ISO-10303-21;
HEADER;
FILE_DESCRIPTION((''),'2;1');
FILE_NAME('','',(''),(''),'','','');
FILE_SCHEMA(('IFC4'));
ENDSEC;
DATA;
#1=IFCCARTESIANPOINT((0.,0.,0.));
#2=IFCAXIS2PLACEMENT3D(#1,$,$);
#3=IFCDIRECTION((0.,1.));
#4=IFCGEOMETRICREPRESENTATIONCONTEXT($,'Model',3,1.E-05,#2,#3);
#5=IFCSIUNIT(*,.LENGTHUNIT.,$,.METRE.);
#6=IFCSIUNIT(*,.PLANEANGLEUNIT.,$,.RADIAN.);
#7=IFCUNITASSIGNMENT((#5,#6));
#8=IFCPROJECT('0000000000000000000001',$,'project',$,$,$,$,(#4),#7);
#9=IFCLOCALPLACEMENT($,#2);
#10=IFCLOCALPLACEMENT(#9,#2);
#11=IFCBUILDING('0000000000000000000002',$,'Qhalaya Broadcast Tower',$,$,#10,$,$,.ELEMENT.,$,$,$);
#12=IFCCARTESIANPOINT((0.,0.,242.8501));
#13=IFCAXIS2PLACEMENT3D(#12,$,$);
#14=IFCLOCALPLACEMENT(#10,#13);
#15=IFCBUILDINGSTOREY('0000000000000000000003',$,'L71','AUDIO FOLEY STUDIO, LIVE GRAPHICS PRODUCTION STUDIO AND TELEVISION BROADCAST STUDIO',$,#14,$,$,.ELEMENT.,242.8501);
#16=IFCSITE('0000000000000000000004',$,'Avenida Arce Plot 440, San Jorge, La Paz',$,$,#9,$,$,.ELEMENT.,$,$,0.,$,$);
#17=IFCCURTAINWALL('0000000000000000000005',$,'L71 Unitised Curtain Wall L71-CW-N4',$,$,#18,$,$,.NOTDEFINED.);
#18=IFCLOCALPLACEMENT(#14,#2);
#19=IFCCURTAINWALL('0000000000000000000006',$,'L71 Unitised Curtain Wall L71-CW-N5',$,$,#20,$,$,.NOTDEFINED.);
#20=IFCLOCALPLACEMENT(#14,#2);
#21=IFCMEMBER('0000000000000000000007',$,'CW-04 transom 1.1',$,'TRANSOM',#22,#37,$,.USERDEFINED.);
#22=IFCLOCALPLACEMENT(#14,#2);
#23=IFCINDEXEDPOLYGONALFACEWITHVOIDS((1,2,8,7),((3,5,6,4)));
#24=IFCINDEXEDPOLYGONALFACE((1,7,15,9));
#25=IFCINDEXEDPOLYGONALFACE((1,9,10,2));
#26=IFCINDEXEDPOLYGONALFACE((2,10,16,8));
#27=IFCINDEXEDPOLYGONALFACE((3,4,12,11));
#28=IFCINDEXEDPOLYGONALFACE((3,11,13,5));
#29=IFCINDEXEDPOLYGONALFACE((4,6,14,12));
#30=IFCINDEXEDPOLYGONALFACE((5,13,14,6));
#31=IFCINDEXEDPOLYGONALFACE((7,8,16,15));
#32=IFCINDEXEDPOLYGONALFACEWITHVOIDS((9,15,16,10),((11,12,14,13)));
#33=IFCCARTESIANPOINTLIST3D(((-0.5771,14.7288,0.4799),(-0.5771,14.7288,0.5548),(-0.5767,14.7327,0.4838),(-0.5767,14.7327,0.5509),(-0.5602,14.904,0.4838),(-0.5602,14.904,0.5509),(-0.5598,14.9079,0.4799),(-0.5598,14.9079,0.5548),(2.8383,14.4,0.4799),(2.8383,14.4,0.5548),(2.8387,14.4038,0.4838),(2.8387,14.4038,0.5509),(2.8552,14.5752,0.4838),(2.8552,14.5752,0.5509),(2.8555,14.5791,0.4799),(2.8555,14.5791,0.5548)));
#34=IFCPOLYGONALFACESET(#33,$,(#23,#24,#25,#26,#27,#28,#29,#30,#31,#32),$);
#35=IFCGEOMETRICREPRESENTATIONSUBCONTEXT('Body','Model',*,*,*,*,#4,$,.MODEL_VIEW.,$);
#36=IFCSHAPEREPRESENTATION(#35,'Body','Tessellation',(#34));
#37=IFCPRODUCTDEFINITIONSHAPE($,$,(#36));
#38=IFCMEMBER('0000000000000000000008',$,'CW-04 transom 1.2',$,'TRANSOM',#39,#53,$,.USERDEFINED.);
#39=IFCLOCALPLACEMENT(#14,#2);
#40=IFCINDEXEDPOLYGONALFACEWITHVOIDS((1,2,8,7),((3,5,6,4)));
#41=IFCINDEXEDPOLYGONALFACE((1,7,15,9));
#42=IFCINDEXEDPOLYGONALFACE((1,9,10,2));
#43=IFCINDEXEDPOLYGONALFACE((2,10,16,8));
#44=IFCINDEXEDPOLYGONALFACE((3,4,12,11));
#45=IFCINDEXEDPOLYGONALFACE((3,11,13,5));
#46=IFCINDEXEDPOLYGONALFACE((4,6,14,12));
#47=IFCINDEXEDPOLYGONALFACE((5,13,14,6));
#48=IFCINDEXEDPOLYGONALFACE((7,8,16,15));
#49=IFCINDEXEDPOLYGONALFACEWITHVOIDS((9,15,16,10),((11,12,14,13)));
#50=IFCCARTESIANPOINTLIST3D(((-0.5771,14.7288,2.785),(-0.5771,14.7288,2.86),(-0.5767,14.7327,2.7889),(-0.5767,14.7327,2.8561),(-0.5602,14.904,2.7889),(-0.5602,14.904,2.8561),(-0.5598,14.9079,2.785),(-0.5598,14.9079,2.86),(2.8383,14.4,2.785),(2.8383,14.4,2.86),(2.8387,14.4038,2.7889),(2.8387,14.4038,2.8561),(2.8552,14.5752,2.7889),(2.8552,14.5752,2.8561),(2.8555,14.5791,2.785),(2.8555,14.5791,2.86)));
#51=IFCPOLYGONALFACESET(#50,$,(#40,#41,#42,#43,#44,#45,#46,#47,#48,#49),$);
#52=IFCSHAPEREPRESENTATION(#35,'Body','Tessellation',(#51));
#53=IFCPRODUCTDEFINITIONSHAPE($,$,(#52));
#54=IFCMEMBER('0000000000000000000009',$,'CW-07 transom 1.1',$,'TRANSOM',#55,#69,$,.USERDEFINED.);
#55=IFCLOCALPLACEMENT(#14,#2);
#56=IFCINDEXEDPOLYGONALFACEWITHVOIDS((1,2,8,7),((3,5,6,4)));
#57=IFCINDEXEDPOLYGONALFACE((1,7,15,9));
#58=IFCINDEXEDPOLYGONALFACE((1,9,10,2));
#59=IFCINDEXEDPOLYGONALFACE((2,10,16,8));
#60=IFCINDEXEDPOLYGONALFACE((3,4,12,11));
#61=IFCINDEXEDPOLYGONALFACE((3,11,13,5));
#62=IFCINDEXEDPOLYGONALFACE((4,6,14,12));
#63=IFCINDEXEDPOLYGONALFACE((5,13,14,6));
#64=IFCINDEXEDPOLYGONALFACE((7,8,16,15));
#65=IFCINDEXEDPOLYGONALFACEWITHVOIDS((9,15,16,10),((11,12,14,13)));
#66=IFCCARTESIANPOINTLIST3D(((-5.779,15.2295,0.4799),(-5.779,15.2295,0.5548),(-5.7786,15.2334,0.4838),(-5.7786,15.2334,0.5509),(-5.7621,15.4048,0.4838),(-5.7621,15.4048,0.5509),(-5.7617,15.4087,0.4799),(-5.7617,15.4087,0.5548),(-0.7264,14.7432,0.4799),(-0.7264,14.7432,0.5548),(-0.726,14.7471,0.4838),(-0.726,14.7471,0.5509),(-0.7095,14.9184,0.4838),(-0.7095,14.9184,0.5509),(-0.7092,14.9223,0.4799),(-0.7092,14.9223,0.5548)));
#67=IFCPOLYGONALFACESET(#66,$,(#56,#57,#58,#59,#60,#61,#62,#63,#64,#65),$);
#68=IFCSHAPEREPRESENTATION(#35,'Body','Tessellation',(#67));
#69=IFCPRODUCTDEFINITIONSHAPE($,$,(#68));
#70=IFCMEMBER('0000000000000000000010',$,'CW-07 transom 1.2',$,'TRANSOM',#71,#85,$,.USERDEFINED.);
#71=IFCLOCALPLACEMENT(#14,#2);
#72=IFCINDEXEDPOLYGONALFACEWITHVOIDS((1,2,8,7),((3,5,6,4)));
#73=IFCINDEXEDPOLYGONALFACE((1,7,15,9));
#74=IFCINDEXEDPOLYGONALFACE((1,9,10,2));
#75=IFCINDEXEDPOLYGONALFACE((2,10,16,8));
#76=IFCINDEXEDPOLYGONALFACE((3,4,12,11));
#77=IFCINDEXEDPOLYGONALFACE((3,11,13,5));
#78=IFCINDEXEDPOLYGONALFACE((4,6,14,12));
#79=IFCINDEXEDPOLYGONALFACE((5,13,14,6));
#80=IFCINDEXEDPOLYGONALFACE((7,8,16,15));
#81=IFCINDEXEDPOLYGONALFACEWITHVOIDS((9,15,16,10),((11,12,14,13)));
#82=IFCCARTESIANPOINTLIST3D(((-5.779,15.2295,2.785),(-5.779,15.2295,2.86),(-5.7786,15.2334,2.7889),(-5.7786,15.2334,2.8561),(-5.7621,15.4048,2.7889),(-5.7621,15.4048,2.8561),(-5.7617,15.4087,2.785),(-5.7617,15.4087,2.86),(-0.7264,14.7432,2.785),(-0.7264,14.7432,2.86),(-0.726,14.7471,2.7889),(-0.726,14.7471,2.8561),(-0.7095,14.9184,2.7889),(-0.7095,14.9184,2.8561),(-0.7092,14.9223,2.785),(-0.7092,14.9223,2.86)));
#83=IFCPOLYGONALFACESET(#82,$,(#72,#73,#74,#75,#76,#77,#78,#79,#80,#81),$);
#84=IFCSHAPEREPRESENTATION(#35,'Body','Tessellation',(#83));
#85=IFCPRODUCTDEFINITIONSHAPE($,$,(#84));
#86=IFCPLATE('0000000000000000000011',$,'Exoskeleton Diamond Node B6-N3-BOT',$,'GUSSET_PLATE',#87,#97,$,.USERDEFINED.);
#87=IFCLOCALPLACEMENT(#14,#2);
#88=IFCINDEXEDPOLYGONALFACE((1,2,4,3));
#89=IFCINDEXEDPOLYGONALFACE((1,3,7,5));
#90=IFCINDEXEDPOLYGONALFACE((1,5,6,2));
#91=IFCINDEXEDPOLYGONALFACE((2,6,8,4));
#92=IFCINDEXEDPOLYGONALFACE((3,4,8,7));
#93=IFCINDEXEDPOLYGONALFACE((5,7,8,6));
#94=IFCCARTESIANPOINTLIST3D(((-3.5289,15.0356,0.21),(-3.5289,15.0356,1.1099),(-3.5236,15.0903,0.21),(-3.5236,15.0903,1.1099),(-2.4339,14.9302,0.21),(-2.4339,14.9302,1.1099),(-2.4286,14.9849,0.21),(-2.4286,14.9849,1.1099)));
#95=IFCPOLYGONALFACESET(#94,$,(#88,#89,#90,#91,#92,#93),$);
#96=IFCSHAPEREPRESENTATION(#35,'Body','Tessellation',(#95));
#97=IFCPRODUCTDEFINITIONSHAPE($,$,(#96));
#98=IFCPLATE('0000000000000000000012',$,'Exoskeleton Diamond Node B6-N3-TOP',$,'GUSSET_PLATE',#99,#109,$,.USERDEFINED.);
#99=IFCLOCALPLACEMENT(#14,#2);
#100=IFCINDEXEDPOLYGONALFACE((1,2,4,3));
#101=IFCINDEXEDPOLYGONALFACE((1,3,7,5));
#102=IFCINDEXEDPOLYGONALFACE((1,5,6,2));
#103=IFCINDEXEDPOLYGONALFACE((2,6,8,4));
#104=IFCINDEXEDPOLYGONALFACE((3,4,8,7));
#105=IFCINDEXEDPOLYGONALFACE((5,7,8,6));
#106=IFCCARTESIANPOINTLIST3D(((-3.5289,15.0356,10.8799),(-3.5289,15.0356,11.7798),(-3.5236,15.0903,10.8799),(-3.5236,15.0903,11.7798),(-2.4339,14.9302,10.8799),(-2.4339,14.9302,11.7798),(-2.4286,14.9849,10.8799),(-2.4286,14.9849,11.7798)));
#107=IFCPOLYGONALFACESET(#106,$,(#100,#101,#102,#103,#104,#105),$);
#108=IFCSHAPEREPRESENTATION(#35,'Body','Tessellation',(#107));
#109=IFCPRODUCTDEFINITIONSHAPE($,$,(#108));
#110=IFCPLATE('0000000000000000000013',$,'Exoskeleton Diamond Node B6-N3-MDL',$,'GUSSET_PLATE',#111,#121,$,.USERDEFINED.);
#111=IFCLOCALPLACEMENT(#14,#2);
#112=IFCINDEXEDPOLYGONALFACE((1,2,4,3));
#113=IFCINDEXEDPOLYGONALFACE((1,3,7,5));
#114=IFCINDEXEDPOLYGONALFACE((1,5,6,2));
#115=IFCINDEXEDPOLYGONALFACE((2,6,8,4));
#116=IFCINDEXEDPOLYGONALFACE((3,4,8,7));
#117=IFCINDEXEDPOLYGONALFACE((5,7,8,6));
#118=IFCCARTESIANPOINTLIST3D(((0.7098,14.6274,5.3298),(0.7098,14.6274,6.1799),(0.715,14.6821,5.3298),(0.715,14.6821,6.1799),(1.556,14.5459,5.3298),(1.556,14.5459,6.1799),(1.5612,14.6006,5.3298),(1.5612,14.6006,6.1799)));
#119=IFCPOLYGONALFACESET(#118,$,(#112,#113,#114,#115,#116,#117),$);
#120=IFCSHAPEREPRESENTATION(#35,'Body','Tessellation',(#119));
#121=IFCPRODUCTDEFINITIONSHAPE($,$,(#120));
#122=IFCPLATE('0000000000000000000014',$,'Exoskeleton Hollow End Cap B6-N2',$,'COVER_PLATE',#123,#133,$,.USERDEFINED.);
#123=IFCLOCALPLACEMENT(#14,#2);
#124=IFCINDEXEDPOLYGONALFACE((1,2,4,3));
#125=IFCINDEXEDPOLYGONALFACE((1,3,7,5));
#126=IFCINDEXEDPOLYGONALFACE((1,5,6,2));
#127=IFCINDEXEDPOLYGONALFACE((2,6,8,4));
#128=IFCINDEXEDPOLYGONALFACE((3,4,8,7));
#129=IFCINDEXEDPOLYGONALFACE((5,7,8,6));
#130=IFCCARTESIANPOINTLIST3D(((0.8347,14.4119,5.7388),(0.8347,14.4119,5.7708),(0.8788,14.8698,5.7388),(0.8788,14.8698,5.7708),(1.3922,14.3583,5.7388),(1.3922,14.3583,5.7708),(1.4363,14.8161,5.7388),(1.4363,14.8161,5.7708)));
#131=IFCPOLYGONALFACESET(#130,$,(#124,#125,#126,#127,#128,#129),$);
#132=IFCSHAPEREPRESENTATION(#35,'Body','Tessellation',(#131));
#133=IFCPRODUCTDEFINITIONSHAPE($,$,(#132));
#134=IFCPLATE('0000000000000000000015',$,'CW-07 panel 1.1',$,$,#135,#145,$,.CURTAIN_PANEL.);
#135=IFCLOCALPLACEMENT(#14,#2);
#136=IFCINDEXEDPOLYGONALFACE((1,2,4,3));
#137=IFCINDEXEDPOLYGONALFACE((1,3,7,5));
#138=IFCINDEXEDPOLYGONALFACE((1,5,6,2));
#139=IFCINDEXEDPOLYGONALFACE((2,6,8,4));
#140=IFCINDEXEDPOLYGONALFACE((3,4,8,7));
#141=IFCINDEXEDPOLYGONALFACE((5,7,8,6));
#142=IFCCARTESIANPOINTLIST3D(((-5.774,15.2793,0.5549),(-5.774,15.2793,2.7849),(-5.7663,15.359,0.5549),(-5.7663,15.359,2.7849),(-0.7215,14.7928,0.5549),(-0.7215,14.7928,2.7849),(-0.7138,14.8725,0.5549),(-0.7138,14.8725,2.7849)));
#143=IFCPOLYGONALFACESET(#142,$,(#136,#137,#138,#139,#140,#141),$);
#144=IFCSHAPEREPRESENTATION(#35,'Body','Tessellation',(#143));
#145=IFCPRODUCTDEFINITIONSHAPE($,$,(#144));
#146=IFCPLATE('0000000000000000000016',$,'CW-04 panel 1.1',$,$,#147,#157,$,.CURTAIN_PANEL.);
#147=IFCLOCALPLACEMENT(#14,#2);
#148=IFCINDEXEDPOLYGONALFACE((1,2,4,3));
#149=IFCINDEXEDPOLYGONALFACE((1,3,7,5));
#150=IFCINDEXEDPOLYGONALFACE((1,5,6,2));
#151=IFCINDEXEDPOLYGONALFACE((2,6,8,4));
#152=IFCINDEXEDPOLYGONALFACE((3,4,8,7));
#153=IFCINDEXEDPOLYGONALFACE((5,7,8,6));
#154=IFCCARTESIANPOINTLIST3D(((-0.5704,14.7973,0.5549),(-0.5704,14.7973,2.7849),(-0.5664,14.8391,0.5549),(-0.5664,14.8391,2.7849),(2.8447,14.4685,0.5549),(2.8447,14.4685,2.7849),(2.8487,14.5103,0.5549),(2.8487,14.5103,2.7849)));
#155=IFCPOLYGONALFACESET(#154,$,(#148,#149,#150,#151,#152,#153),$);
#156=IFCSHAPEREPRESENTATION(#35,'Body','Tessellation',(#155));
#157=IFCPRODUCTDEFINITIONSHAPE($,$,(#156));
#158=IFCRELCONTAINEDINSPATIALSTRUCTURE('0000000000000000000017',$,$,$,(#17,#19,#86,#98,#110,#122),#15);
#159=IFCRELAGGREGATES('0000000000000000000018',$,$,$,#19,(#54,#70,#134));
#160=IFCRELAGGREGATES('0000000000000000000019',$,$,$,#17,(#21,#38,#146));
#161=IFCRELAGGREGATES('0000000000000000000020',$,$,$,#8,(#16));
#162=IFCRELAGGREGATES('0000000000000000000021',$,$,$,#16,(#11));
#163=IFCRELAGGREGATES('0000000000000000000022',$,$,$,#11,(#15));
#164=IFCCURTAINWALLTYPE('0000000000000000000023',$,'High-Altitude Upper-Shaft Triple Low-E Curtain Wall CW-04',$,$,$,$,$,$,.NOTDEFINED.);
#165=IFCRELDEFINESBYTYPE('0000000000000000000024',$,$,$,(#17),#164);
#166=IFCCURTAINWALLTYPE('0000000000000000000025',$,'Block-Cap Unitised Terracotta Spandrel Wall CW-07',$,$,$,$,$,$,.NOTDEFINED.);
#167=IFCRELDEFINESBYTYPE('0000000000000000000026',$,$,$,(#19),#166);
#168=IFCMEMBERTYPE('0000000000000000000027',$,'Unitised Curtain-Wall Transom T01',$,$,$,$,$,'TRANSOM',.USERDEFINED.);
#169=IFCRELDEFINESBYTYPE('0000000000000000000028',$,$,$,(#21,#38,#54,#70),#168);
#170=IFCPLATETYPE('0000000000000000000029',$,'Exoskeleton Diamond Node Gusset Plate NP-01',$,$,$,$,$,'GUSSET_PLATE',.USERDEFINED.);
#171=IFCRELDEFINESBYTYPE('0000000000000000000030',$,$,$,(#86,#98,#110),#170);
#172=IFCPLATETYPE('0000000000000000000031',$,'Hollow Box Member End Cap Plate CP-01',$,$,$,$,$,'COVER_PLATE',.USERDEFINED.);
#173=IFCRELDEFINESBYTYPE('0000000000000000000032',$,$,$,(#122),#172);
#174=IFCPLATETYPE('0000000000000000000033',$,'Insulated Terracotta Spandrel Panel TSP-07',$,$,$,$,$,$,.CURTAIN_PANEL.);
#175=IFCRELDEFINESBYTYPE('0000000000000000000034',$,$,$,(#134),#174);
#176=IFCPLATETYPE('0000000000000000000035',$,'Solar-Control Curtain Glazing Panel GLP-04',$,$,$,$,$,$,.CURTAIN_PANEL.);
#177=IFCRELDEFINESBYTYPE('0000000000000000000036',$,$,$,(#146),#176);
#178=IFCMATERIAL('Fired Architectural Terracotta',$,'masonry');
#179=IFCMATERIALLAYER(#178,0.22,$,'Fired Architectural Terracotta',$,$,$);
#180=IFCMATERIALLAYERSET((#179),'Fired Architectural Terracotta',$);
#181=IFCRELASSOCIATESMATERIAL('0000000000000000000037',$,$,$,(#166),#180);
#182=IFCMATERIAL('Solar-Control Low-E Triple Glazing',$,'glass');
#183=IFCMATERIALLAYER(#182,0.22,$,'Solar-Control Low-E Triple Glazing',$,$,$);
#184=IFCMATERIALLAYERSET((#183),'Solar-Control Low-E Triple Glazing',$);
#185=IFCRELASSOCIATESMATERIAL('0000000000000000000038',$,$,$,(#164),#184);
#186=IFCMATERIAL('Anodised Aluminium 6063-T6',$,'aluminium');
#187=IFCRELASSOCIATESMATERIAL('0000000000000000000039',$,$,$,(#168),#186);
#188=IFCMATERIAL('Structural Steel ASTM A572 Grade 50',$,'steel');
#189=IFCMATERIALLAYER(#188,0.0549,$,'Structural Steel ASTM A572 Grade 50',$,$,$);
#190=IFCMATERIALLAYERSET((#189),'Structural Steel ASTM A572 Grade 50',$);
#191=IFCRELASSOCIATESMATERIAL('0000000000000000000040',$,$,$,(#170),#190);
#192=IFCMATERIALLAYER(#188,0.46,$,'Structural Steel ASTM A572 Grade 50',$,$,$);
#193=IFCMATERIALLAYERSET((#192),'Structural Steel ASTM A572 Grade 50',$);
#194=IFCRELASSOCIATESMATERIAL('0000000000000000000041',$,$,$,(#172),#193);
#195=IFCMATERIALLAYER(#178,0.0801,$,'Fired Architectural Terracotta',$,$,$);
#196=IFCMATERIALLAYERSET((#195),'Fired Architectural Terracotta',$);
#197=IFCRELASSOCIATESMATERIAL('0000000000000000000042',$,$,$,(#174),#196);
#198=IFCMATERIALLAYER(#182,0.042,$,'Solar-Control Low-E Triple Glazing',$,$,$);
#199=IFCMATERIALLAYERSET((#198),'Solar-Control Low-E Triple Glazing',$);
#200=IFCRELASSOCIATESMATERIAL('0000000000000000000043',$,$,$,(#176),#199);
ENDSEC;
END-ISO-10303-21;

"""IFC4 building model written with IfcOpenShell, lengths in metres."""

from ifc_helpers import new_model, si_unit, direction, frame, origin, origin_2d, place, context, subcontext, project, spatial, rectangle, hollow_rectangle, extrude, material, layer, layer_set, material_profile, profile_set, type_object, element, aggregate, save


model = new_model("IFC4")

# Units and contexts
model_context = context("Model", 3, precision=1e-05, world=origin(), true_north=direction((0.0, 1.0)))
body_context = subcontext(model_context, "Body", "Model", "MODEL_VIEW")
ifc_project = project(units=[si_unit("LENGTHUNIT", "METRE"), si_unit("PLANEANGLEUNIT", "RADIAN")], contexts=[model_context])

# Site, building, storey
site_placement = place(None, origin())
site = spatial("IfcSite", under=ifc_project, at=site_placement, Name="Avenida Arce Plot 440, San Jorge, La Paz", CompositionType="ELEMENT", RefElevation=0.0)
building_placement = place(site_placement, origin())
building = spatial("IfcBuilding", under=site, at=building_placement, Name="Qhalaya Broadcast Tower", CompositionType="ELEMENT")
storey_placement = place(building_placement, frame((0.0, 0.0, 242.8501)))
storey = spatial("IfcBuildingStorey", under=building, at=storey_placement, Name="L71", Description="AUDIO FOLEY STUDIO, LIVE GRAPHICS PRODUCTION STUDIO AND TELEVISION BROADCAST STUDIO", CompositionType="ELEMENT", Elevation=242.8501)

# Shared definitions
ifc_material_1 = material(Name="Structural Steel ASTM A572 Grade 50", Category="steel")

# Shared definitions
ifc_material_2 = material(Name="Fired Architectural Terracotta", Category="masonry")
ifc_layer_1 = layer(ifc_material_2, 0.22, Name="Fired Architectural Terracotta")
ifc_layer_set_1 = layer_set([ifc_layer_1], Name="Fired Architectural Terracotta")
curtain_wall_type_1 = type_object("IfcCurtainWallType", Name="Block-Cap Unitised Terracotta Spandrel Wall CW-07", PredefinedType="NOTDEFINED", material=ifc_layer_set_1)
ifc_material_3 = material(Name="Anodised Aluminium 6063-T6", Category="aluminium")

# Curtain wall
ifc_material_4 = material(Name="Solar-Control Low-E Triple Glazing", Category="glass")
ifc_layer_2 = layer(ifc_material_4, 0.22, Name="Solar-Control Low-E Triple Glazing")
ifc_layer_set_2 = layer_set([ifc_layer_2], Name="Solar-Control Low-E Triple Glazing")
curtain_wall_type_2 = type_object("IfcCurtainWallType", Name="High-Altitude Upper-Shaft Triple Low-E Curtain Wall CW-04", PredefinedType="NOTDEFINED", material=ifc_layer_set_2)
curtain_wall_1_placement = place(storey_placement, origin())
curtain_wall_1 = element("IfcCurtainWall", 1, at=curtain_wall_1_placement, inside=storey, type_object=curtain_wall_type_2, Name="L71 Unitised Curtain Wall L71-CW-N4", PredefinedType="NOTDEFINED")

# Curtain wall
curtain_wall_2_placement = place(storey_placement, origin())
curtain_wall_2 = element("IfcCurtainWall", 2, at=curtain_wall_2_placement, inside=storey, type_object=curtain_wall_type_1, Name="L71 Unitised Curtain Wall L71-CW-N5", PredefinedType="NOTDEFINED")

# Members
ifc_material_profile_1 = material_profile(ifc_material_3, hollow_rectangle(XDim=0.075, YDim=0.1799, WallThickness=0.0039, at=origin_2d()), Name="ALU-TRN 75x180x4")
ifc_profile_set_1 = profile_set([ifc_material_profile_1], Name="Anodised Aluminium 6063-T6")
member_type_1 = type_object("IfcMemberType", Name="Unitised Curtain-Wall Transom T01", ElementType="TRANSOM", PredefinedType="USERDEFINED", material=ifc_profile_set_1)
member_1_placement = place(storey_placement, frame((2.8469, 14.4895, 0.5173), z_axis=(-0.995396, 0.095847, 0.0), x_axis=(0.0, 0.0, 1.0)))
member_1 = element("IfcMember", 3, at=member_1_placement, type_object=member_type_1, Name="CW-04 transom 1.1", ObjectType="TRANSOM", PredefinedType="USERDEFINED", context=body_context, shape_type="SweptSolid", body=[
    extrude(hollow_rectangle(XDim=0.075, YDim=0.1799, WallThickness=0.0039, at=origin_2d()), origin(), (0.0, 0.0, 1.0), 3.4312),
])
member_2_placement = place(storey_placement, frame((2.8469, 14.4895, 2.8225), z_axis=(-0.995396, 0.095847, 0.0), x_axis=(0.0, 0.0, 1.0)))
member_2 = element("IfcMember", 4, at=member_2_placement, type_object=member_type_1, Name="CW-04 transom 1.2", ObjectType="TRANSOM", PredefinedType="USERDEFINED", context=body_context, shape_type="SweptSolid", body=[
    extrude(hollow_rectangle(XDim=0.075, YDim=0.1799, WallThickness=0.0039, at=origin_2d()), origin(), (0.0, 0.0, 1.0), 3.4312),
])
member_3_placement = place(storey_placement, frame((-0.7178, 14.8328, 0.5173), z_axis=(-0.995399, 0.095812, 0.0), x_axis=(0.0, 0.0, 1.0)))
member_3 = element("IfcMember", 5, at=member_3_placement, type_object=member_type_1, Name="CW-07 transom 1.1", ObjectType="TRANSOM", PredefinedType="USERDEFINED", context=body_context, shape_type="SweptSolid", body=[
    extrude(hollow_rectangle(XDim=0.075, YDim=0.1799, WallThickness=0.0039, at=origin_2d()), origin(), (0.0, 0.0, 1.0), 5.0759),
])
member_4_placement = place(storey_placement, frame((-0.7178, 14.8328, 2.8225), z_axis=(-0.995399, 0.095812, 0.0), x_axis=(0.0, 0.0, 1.0)))
member_4 = element("IfcMember", 6, at=member_4_placement, type_object=member_type_1, Name="CW-07 transom 1.2", ObjectType="TRANSOM", PredefinedType="USERDEFINED", context=body_context, shape_type="SweptSolid", body=[
    extrude(hollow_rectangle(XDim=0.075, YDim=0.1799, WallThickness=0.0039, at=origin_2d()), origin(), (0.0, 0.0, 1.0), 5.0759),
])

# Plates
ifc_layer_3 = layer(ifc_material_1, 0.0549, Name="Structural Steel ASTM A572 Grade 50")
ifc_layer_set_3 = layer_set([ifc_layer_3], Name="Structural Steel ASTM A572 Grade 50")
plate_type_1 = type_object("IfcPlateType", Name="Exoskeleton Diamond Node Gusset Plate NP-01", ElementType="GUSSET_PLATE", PredefinedType="USERDEFINED", material=ifc_layer_set_3)
for number, where, z_axis, x_axis, name in (
    (7, (-2.9788, 15.0103, 0.21), (0.0, 0.0, 1.0), (0.995396, -0.095846, 0.0), "Exoskeleton Diamond Node B6-N3-BOT"),
    (8, (-2.9788, 15.0103, 10.8799), (0.0, 0.0, 1.0), (0.995396, -0.095846, 0.0), "Exoskeleton Diamond Node B6-N3-TOP"),
):
    element("IfcPlate", number, at=place(storey_placement, frame(where, z_axis=z_axis, x_axis=x_axis)), inside=storey, type_object=plate_type_1, Name=name, ObjectType="GUSSET_PLATE", PredefinedType="USERDEFINED", context=body_context, shape_type="SweptSolid", body=[
        extrude(rectangle(XDim=1.1001, YDim=0.0549, at=origin_2d()), origin(), (0.0, 0.0, 1.0), 0.8999),
    ])
plate_1_placement = place(storey_placement, frame((1.1355, 14.614, 5.3298), z_axis=(0.0, 0.0, 1.0), x_axis=(0.995396, -0.095846, 0.0)))
element("IfcPlate", 9, at=plate_1_placement, inside=storey, type_object=plate_type_1, Name="Exoskeleton Diamond Node B6-N3-MDL", ObjectType="GUSSET_PLATE", PredefinedType="USERDEFINED", context=body_context, shape_type="SweptSolid", body=[
    extrude(rectangle(XDim=0.8501, YDim=0.0549, at=origin_2d()), origin(), (0.0, 0.0, 1.0), 0.8501),
])
ifc_layer_4 = layer(ifc_material_1, 0.46, Name="Structural Steel ASTM A572 Grade 50")
ifc_layer_set_4 = layer_set([ifc_layer_4], Name="Structural Steel ASTM A572 Grade 50")
plate_type_2 = type_object("IfcPlateType", Name="Hollow Box Member End Cap Plate CP-01", ElementType="COVER_PLATE", PredefinedType="USERDEFINED", material=ifc_layer_set_4)
plate_2_placement = place(storey_placement, frame((1.1355, 14.614, 5.7388), z_axis=(0.0, 0.0, 1.0), x_axis=(0.995396, -0.095846, 0.0)))
element("IfcPlate", 10, at=plate_2_placement, inside=storey, type_object=plate_type_2, Name="Exoskeleton Hollow End Cap B6-N2", ObjectType="COVER_PLATE", PredefinedType="USERDEFINED", context=body_context, shape_type="SweptSolid", body=[
    extrude(rectangle(XDim=0.5601, YDim=0.46, at=origin_2d()), origin(), (0.0, 0.0, 1.0), 0.032),
])

# Plates
ifc_layer_5 = layer(ifc_material_2, 0.0801, Name="Fired Architectural Terracotta")
ifc_layer_set_5 = layer_set([ifc_layer_5], Name="Fired Architectural Terracotta")
plate_type_3 = type_object("IfcPlateType", Name="Insulated Terracotta Spandrel Panel TSP-07", PredefinedType="CURTAIN_PANEL", material=ifc_layer_set_5)
plate_3_placement = place(storey_placement, frame((-3.2439, 15.0759, 0.5549), z_axis=(0.0, 0.0, 1.0), x_axis=(-0.995396, 0.095848, 0.0)))
plate_3 = element("IfcPlate", 11, at=plate_3_placement, type_object=plate_type_3, Name="CW-07 panel 1.1", PredefinedType="CURTAIN_PANEL", context=body_context, shape_type="SweptSolid", body=[
    extrude(rectangle(XDim=5.0759, YDim=0.0801, at=origin_2d()), origin(), (0.0, 0.0, 1.0), 2.23),
])
aggregate(curtain_wall_2, [member_3, member_4, plate_3])
ifc_layer_6 = layer(ifc_material_4, 0.042, Name="Solar-Control Low-E Triple Glazing")
ifc_layer_set_6 = layer_set([ifc_layer_6], Name="Solar-Control Low-E Triple Glazing")
plate_type_4 = type_object("IfcPlateType", Name="Solar-Control Curtain Glazing Panel GLP-04", PredefinedType="CURTAIN_PANEL", material=ifc_layer_set_6)
plate_4_placement = place(storey_placement, frame((1.1392, 14.6538, 0.5549), z_axis=(0.0, 0.0, 1.0), x_axis=(-0.995397, 0.09584, 0.0)))
plate_4 = element("IfcPlate", 12, at=plate_4_placement, type_object=plate_type_4, Name="CW-04 panel 1.1", PredefinedType="CURTAIN_PANEL", context=body_context, shape_type="SweptSolid", body=[
    extrude(rectangle(XDim=3.4309, YDim=0.042, at=origin_2d()), origin(), (0.0, 0.0, 1.0), 2.23),
])
aggregate(curtain_wall_1, [member_1, member_2, plate_4])

save(model, "model.ifc")
